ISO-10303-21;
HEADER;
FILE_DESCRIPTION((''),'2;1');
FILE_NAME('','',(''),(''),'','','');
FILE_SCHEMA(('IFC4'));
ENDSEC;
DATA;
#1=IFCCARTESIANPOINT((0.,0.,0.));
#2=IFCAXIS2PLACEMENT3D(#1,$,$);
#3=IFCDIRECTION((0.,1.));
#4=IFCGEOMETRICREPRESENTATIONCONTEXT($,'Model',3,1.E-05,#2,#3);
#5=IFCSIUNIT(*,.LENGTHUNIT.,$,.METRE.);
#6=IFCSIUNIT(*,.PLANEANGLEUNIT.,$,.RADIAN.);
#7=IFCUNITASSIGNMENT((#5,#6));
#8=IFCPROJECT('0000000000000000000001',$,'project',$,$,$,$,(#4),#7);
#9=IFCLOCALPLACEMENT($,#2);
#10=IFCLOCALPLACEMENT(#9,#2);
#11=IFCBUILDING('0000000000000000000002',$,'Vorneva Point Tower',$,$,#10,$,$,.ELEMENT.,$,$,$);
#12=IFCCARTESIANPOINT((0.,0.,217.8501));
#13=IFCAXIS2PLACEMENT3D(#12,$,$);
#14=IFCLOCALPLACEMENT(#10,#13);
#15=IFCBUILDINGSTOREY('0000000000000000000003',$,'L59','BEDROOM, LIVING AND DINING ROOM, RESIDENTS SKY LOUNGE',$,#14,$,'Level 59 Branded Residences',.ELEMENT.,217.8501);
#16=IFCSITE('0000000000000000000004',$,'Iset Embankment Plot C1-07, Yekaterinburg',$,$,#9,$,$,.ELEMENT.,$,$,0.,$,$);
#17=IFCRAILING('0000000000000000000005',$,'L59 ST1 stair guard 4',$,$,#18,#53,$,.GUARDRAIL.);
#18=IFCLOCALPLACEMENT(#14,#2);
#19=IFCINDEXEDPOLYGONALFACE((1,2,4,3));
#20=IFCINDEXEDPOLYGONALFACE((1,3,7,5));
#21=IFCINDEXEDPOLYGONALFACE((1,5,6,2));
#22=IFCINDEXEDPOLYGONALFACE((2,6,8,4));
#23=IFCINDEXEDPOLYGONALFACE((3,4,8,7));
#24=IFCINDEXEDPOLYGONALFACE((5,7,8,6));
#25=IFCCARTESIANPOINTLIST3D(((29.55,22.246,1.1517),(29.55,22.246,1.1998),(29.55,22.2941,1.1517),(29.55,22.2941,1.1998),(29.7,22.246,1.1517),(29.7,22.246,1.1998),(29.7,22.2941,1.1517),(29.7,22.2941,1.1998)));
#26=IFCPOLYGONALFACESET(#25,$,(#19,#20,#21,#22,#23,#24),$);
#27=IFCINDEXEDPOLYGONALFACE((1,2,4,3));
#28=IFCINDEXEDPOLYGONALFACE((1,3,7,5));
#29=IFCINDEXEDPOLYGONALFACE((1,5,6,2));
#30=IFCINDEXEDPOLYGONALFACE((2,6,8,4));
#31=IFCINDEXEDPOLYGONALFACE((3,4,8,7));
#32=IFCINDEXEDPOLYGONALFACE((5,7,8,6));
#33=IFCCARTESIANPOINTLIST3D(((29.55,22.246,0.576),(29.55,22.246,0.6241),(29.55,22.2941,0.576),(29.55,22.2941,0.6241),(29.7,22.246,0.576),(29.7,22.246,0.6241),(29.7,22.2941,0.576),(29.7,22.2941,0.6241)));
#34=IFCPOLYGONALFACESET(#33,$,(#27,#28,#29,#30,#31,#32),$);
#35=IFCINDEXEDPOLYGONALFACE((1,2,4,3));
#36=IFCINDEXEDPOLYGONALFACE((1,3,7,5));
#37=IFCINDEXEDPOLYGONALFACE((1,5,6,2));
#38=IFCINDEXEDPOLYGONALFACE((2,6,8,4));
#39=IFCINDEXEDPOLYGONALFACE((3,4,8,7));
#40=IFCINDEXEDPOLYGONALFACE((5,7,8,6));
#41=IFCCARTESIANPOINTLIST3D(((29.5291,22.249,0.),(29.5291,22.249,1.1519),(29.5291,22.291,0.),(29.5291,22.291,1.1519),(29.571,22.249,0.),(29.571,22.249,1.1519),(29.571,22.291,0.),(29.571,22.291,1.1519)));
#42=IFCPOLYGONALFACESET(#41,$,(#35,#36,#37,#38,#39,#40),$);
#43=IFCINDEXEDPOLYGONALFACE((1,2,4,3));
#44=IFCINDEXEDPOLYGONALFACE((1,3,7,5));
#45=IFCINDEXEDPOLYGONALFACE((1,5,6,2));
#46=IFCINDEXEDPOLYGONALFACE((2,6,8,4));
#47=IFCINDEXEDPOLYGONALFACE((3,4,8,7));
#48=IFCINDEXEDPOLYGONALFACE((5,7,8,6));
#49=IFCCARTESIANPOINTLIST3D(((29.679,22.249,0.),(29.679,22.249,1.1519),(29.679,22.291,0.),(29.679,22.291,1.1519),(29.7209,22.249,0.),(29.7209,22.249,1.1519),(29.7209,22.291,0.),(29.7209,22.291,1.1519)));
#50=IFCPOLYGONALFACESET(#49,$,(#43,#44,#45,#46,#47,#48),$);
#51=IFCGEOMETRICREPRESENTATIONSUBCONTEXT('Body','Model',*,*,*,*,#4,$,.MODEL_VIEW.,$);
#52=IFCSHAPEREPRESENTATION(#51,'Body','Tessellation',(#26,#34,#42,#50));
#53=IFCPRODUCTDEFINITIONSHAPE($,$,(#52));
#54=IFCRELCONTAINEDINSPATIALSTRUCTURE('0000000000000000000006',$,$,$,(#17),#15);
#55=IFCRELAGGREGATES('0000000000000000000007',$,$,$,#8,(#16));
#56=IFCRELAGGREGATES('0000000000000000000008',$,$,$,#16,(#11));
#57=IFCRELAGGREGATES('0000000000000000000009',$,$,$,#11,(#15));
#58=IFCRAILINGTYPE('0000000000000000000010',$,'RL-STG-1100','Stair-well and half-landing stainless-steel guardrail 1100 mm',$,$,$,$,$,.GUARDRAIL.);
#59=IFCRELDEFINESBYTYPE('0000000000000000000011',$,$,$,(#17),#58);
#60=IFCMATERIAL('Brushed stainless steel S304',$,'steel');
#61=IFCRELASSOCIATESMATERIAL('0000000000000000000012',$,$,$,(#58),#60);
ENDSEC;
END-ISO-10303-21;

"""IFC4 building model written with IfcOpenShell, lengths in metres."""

from ifc_helpers import new_model, si_unit, direction, frame, origin, origin_2d, place, context, subcontext, project, spatial, rectangle, extrude, material, type_object, element, save


model = new_model("IFC4")

# Units and contexts
model_context = context("Model", 3, precision=1e-05, world=origin(), true_north=direction((0.0, 1.0)))
body_context = subcontext(model_context, "Body", "Model", "MODEL_VIEW")
ifc_project = project(units=[si_unit("LENGTHUNIT", "METRE"), si_unit("PLANEANGLEUNIT", "RADIAN")], contexts=[model_context])

# Site, building, storey
site_placement = place(None, origin())
site = spatial("IfcSite", under=ifc_project, at=site_placement, Name="Iset Embankment Plot C1-07, Yekaterinburg", CompositionType="ELEMENT", RefElevation=0.0)
building_placement = place(site_placement, origin())
building = spatial("IfcBuilding", under=site, at=building_placement, Name="Vorneva Point Tower", CompositionType="ELEMENT")
storey_placement = place(building_placement, frame((0.0, 0.0, 217.8501)))
storey = spatial("IfcBuildingStorey", under=building, at=storey_placement, Name="L59", Description="BEDROOM, LIVING AND DINING ROOM, RESIDENTS SKY LOUNGE", LongName="Level 59 Branded Residences", CompositionType="ELEMENT", Elevation=217.8501)

# Shared definitions
ifc_material_1 = material(Name="Brushed stainless steel S304", Category="steel")

# Railing
railing_type_1 = type_object("IfcRailingType", Name="RL-STG-1100", Description="Stair-well and half-landing stainless-steel guardrail 1100 mm", PredefinedType="GUARDRAIL", material=ifc_material_1)
railing_1_placement = place(storey_placement, frame((29.55, 22.27, 0.0)))
element("IfcRailing", 1, at=railing_1_placement, inside=storey, type_object=railing_type_1, Name="L59 ST1 stair guard 4", PredefinedType="GUARDRAIL", context=body_context, shape_type="SweptSolid", body=[
    extrude(rectangle(XDim=0.0481, YDim=0.0481, at=origin_2d()), frame((0.0, 0.0, 1.1758), z_axis=(1.0, 0.0, 0.0), x_axis=(0.0, 1.0, 0.0)), (0.0, 0.0, 1.0), 0.1499),
    extrude(rectangle(XDim=0.0481, YDim=0.0481, at=origin_2d()), frame((0.0, 0.0, 0.6001), z_axis=(1.0, 0.0, 0.0), x_axis=(0.0, 1.0, 0.0)), (0.0, 0.0, 1.0), 0.1499),
    extrude(rectangle(XDim=0.042, YDim=0.042, at=origin_2d()), origin(), (0.0, 0.0, 1.0), 1.1519),
    extrude(rectangle(XDim=0.042, YDim=0.042, at=origin_2d()), frame((0.1499, 0.0, 0.0)), (0.0, 0.0, 1.0), 1.1519),
])

save(model, "model.ifc")
